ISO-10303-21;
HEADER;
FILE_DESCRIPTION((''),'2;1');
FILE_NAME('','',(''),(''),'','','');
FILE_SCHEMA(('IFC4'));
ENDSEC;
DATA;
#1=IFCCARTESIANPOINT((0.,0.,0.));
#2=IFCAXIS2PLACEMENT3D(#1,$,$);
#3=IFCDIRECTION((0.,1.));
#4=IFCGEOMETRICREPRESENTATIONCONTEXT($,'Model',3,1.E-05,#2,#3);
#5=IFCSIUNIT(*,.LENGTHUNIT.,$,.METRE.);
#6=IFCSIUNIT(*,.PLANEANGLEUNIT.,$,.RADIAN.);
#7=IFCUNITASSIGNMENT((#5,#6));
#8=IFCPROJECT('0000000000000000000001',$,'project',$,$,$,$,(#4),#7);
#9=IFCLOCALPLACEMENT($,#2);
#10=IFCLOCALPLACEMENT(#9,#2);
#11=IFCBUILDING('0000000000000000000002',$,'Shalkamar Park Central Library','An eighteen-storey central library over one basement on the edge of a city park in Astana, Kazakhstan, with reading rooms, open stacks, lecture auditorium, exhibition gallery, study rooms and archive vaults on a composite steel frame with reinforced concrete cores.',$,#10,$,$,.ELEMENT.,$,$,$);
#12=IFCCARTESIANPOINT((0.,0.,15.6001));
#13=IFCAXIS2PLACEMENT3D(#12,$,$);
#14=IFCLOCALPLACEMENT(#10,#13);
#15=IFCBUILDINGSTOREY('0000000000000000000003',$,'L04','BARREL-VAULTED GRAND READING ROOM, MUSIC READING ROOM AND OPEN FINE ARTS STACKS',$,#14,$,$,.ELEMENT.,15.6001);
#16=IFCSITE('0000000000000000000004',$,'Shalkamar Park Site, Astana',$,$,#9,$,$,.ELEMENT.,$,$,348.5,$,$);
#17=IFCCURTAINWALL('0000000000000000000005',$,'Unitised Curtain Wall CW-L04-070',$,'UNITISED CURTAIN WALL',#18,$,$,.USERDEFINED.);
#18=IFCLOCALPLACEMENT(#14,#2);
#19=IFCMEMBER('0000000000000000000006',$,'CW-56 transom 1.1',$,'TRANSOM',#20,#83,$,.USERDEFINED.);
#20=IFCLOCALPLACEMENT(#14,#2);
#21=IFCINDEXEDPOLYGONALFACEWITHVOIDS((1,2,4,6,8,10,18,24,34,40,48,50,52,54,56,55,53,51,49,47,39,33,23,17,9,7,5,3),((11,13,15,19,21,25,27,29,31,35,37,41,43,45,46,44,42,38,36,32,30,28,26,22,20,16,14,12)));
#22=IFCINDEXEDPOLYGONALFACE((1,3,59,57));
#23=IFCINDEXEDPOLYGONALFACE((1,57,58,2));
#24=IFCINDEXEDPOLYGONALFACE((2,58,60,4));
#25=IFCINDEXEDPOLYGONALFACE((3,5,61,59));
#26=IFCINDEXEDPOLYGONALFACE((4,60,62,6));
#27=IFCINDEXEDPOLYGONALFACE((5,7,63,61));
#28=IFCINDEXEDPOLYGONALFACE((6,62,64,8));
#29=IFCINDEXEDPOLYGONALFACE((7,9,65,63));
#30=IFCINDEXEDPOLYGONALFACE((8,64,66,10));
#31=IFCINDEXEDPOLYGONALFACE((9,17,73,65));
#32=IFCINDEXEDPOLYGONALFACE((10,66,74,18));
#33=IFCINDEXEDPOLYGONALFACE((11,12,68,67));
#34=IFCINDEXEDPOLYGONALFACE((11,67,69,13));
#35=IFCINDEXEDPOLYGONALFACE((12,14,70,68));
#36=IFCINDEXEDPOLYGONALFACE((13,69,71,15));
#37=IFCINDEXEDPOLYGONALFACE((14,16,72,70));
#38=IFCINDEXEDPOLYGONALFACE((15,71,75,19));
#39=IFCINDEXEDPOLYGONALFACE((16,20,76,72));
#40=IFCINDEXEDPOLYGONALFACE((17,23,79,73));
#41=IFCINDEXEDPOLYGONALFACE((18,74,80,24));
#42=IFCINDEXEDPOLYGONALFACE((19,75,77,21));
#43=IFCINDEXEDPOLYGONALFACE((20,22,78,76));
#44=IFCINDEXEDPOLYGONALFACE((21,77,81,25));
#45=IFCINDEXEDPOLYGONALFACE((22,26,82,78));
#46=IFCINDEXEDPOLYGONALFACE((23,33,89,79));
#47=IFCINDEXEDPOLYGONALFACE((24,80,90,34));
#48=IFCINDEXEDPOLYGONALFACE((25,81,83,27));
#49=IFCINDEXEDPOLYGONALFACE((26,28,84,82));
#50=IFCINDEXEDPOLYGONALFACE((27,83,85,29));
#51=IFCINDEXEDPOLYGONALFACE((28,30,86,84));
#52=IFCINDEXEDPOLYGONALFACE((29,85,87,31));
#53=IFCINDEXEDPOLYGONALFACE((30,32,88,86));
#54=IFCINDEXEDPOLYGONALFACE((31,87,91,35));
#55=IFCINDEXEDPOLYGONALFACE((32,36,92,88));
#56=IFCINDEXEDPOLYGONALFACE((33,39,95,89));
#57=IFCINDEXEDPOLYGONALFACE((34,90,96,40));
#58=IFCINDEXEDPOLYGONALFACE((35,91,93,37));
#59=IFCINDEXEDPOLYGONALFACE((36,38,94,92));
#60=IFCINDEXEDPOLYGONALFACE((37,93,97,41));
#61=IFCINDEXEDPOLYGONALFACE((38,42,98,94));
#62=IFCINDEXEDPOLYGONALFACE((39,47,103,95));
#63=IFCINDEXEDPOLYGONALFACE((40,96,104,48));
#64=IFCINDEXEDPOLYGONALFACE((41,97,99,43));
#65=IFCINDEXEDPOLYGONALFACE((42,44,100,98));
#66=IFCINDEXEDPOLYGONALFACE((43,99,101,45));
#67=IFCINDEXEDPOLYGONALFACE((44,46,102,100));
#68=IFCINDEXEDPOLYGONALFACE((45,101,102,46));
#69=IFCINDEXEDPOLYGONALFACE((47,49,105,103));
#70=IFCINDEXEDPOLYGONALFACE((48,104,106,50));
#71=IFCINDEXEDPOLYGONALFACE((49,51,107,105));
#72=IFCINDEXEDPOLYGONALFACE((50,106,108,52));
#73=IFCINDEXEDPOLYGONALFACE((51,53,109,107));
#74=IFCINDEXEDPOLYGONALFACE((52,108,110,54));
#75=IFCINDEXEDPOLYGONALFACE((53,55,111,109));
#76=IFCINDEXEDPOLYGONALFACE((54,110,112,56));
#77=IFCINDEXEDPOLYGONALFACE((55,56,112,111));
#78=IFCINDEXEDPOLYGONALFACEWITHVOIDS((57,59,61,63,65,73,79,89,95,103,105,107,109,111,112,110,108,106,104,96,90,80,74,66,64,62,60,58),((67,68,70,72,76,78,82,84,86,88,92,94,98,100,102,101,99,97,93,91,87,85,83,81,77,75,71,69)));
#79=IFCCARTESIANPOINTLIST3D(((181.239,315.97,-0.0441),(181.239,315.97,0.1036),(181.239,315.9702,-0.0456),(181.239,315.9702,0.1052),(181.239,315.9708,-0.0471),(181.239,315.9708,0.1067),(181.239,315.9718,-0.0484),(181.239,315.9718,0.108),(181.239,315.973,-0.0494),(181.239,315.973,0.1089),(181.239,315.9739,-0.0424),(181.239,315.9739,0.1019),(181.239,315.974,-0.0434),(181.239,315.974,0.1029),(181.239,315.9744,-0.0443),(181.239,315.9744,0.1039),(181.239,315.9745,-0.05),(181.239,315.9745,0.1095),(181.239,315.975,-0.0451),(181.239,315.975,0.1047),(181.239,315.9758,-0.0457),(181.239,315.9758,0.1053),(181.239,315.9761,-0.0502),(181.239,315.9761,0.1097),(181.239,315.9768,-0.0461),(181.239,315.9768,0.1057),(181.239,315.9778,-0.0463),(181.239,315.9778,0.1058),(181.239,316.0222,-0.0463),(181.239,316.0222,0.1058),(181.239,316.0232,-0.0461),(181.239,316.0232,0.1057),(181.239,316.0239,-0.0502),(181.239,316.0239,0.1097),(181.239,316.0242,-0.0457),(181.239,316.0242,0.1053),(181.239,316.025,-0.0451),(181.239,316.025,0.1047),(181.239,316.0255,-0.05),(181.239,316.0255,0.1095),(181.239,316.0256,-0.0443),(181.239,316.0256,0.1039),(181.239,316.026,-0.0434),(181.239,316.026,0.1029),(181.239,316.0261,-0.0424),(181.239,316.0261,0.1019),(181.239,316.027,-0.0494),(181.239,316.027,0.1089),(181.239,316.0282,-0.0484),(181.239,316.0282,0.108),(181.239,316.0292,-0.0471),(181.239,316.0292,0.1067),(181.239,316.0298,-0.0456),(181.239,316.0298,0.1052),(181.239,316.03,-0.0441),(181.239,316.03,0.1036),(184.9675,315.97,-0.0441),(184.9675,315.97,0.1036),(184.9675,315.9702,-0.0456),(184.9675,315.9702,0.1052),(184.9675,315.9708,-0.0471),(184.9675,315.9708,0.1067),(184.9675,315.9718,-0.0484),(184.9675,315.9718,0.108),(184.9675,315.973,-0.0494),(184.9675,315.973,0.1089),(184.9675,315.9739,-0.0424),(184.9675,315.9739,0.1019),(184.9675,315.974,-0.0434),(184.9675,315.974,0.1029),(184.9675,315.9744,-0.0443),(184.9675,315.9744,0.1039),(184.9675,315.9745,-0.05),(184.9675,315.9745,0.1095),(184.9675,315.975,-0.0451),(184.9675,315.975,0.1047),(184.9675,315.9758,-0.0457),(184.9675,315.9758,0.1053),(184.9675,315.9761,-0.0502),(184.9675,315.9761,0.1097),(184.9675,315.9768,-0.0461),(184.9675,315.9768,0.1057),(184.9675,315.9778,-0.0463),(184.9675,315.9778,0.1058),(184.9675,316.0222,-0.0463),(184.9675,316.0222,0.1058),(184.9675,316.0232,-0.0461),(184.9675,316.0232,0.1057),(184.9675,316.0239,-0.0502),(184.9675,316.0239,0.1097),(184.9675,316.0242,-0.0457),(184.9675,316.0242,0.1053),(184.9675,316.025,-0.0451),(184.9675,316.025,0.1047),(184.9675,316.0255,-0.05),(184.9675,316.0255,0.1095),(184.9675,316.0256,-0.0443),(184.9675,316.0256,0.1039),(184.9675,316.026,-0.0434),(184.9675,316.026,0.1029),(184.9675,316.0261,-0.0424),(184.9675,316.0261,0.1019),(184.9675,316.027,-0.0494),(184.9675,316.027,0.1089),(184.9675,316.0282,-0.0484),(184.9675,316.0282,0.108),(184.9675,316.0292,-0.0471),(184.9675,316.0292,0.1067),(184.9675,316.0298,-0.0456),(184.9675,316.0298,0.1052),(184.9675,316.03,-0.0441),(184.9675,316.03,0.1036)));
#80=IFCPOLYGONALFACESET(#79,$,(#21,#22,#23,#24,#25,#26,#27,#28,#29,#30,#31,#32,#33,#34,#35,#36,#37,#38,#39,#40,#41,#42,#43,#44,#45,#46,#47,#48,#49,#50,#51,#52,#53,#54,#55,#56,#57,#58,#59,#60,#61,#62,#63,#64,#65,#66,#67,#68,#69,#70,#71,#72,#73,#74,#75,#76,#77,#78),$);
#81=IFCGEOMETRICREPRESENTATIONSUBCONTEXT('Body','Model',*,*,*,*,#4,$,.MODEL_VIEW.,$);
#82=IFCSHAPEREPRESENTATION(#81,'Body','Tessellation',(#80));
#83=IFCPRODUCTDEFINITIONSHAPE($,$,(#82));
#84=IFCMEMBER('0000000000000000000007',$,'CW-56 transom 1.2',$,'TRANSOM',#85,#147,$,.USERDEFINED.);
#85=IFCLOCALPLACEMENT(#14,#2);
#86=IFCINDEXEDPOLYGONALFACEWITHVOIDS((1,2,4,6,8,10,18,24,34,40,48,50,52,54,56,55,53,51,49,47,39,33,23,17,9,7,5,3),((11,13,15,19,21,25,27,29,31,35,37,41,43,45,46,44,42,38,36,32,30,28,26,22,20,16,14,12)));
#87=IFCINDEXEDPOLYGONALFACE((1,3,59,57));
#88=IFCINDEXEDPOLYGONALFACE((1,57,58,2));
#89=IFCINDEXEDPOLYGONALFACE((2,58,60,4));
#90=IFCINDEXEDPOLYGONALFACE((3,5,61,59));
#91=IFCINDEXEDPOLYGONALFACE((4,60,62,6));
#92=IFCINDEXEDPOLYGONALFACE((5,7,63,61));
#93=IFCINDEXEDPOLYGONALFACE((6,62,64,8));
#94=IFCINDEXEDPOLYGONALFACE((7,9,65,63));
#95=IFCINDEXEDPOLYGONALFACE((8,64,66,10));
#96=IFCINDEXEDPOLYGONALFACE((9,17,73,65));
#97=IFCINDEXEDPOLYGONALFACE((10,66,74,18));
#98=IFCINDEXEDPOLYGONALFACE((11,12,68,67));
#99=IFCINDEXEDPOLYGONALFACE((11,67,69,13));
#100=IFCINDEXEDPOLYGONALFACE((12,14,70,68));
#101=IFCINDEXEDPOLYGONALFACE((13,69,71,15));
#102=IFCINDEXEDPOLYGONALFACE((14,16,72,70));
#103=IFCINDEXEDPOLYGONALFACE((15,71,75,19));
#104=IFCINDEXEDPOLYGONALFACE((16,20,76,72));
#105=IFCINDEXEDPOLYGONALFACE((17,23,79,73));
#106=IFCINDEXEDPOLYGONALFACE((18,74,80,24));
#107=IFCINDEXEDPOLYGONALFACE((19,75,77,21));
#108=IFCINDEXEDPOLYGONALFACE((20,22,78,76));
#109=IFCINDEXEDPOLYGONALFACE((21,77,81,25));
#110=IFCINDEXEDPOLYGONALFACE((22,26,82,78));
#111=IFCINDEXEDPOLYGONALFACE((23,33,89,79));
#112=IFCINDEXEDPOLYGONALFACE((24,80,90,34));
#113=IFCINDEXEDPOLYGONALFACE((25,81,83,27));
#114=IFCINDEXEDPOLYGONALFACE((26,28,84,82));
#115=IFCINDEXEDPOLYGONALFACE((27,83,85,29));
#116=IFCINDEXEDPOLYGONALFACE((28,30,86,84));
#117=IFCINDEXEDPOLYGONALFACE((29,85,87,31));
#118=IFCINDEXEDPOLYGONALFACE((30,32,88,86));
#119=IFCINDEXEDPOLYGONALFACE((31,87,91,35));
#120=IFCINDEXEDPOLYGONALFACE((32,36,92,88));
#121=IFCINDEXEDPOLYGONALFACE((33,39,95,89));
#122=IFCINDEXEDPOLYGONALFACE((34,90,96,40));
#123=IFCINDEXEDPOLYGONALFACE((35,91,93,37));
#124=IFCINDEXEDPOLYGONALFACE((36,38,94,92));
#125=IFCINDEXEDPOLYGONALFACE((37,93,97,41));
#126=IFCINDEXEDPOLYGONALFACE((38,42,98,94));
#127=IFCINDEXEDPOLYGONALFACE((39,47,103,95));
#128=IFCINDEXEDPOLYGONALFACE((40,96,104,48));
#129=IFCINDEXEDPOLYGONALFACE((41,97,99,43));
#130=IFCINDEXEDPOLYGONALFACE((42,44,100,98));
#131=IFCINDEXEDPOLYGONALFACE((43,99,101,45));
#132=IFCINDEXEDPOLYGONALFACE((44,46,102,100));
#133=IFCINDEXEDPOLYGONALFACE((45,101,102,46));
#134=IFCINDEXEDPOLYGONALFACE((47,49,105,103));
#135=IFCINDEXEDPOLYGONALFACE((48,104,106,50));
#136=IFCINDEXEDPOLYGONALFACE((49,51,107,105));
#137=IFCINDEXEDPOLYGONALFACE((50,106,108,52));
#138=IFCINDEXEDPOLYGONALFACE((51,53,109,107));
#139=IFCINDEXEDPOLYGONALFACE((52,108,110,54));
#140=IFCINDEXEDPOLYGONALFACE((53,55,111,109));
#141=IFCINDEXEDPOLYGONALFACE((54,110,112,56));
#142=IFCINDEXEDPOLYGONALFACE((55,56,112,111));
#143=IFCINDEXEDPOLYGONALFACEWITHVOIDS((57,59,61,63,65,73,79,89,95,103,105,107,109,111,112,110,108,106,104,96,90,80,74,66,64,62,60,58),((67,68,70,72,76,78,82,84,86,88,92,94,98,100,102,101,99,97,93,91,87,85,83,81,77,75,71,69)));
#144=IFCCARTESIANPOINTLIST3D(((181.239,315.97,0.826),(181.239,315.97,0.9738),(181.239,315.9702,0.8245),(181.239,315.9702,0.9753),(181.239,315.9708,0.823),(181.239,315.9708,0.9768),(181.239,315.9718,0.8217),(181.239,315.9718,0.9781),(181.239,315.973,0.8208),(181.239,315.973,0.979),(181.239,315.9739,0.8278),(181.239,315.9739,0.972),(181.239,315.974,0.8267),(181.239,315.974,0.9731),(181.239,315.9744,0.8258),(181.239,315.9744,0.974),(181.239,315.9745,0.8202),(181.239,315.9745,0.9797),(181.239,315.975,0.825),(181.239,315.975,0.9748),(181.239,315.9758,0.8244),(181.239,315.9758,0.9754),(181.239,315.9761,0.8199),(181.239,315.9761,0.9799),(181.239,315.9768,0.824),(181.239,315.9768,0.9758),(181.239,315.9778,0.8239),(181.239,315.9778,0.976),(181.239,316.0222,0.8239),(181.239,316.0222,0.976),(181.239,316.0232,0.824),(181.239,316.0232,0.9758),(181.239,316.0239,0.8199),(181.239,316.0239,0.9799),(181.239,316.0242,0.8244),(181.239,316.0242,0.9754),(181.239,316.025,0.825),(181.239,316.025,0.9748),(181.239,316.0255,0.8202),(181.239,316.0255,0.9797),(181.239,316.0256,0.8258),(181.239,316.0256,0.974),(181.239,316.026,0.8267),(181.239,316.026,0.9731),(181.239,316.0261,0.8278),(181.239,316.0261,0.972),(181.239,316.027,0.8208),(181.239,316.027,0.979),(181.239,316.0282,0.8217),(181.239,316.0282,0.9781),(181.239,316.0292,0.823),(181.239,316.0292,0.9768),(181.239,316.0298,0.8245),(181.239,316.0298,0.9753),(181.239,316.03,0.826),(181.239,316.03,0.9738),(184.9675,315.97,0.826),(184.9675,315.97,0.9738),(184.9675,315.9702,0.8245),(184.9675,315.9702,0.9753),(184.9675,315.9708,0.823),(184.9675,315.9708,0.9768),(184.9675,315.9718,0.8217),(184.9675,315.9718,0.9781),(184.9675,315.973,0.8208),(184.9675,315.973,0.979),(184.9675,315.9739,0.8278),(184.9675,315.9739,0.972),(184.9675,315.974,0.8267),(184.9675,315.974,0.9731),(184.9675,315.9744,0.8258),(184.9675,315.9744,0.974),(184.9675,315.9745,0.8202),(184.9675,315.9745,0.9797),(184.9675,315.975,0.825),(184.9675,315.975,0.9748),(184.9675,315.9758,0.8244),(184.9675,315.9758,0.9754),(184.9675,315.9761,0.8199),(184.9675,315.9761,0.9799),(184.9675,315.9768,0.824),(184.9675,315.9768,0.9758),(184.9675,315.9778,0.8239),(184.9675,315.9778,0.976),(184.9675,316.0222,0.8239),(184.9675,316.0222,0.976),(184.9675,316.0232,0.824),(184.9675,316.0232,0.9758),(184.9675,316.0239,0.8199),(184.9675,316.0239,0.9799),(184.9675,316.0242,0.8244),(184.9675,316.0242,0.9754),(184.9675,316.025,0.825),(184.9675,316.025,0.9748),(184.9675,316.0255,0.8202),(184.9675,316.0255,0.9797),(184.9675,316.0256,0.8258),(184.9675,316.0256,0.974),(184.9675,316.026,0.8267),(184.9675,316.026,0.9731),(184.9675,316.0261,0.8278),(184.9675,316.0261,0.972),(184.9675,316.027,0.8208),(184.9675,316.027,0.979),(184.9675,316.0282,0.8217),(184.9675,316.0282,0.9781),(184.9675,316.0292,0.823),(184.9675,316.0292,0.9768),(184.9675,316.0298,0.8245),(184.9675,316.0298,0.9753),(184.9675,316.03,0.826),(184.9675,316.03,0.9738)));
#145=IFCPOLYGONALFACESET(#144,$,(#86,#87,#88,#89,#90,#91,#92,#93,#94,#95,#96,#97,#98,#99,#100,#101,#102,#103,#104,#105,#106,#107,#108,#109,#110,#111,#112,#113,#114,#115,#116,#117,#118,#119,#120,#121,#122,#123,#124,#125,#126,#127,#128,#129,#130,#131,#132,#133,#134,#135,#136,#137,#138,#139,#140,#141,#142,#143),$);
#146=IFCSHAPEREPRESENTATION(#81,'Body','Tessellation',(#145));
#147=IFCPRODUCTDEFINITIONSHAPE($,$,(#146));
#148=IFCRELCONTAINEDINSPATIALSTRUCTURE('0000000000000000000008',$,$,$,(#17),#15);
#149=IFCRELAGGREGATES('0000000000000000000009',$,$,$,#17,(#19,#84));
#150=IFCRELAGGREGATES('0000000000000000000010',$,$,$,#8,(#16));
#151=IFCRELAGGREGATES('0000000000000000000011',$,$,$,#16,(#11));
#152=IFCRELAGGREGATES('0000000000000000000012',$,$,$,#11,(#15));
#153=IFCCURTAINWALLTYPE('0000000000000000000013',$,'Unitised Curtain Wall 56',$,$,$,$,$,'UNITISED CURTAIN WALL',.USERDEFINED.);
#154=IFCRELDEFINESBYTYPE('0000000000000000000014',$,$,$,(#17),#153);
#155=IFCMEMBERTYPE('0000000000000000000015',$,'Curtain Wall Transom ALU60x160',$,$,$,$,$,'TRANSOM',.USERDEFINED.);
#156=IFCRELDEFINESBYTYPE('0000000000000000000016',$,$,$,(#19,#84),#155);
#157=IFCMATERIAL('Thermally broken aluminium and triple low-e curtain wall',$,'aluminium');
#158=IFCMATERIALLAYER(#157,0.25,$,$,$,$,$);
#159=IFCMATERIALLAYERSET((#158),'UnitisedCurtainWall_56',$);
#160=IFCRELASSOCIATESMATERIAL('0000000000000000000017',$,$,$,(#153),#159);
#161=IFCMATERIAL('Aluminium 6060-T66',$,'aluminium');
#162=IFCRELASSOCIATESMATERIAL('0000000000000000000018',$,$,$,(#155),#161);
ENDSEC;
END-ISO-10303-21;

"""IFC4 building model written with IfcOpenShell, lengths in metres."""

from ifc_helpers import new_model, si_unit, direction, frame, origin, origin_2d, place, context, subcontext, project, spatial, hollow_rectangle, extrude, material, layer, layer_set, material_profile, profile_set, type_object, element, aggregate, save


model = new_model("IFC4")

# Units and contexts
model_context = context("Model", 3, precision=1e-05, world=origin(), true_north=direction((0.0, 1.0)))
body_context = subcontext(model_context, "Body", "Model", "MODEL_VIEW")
ifc_project = project(units=[si_unit("LENGTHUNIT", "METRE"), si_unit("PLANEANGLEUNIT", "RADIAN")], contexts=[model_context])

# Site, building, storey
site_placement = place(None, origin())
site = spatial("IfcSite", under=ifc_project, at=site_placement, Name="Shalkamar Park Site, Astana", CompositionType="ELEMENT", RefElevation=348.5)
building_placement = place(site_placement, origin())
building = spatial("IfcBuilding", under=site, at=building_placement, Name="Shalkamar Park Central Library", Description="An eighteen-storey central library over one basement on the edge of a city park in Astana, Kazakhstan, with reading rooms, open stacks, lecture auditorium, exhibition gallery, study rooms and archive vaults on a composite steel frame with reinforced concrete cores.", CompositionType="ELEMENT")
storey_placement = place(building_placement, frame((0.0, 0.0, 15.6001)))
storey = spatial("IfcBuildingStorey", under=building, at=storey_placement, Name="L04", Description="BARREL-VAULTED GRAND READING ROOM, MUSIC READING ROOM AND OPEN FINE ARTS STACKS", CompositionType="ELEMENT", Elevation=15.6001)

# Curtain wall
ifc_material_1 = material(Name="Thermally broken aluminium and triple low-e curtain wall", Category="aluminium")
ifc_layer_1 = layer(ifc_material_1, 0.25)
ifc_layer_set_1 = layer_set([ifc_layer_1], Name="UnitisedCurtainWall_56")
curtain_wall_type_1 = type_object("IfcCurtainWallType", Name="Unitised Curtain Wall 56", ElementType="UNITISED CURTAIN WALL", PredefinedType="USERDEFINED", material=ifc_layer_set_1)
curtain_wall_1_placement = place(storey_placement, origin())
curtain_wall_1 = element("IfcCurtainWall", 1, at=curtain_wall_1_placement, inside=storey, type_object=curtain_wall_type_1, Name="Unitised Curtain Wall CW-L04-070", ObjectType="UNITISED CURTAIN WALL", PredefinedType="USERDEFINED")
ifc_material_2 = material(Name="Aluminium 6060-T66", Category="aluminium")

# Members
ifc_material_profile_1 = material_profile(ifc_material_2, hollow_rectangle(XDim=0.0601, YDim=0.1599, WallThickness=0.0039, InnerFilletRadius=0.0039, OuterFilletRadius=0.0061, at=origin_2d()), Name="ALU 60x160x4")
ifc_profile_set_1 = profile_set([ifc_material_profile_1], Name="Aluminium 6060-T66")
member_type_1 = type_object("IfcMemberType", Name="Curtain Wall Transom ALU60x160", ElementType="TRANSOM", PredefinedType="USERDEFINED", material=ifc_profile_set_1)
member_1_placement = place(storey_placement, frame((181.239, 316.0, 0.0298), z_axis=(1.0, 0.0, 0.0), x_axis=(0.0, 1.0, 0.0)))
member_1 = element("IfcMember", 2, at=member_1_placement, type_object=member_type_1, Name="CW-56 transom 1.1", ObjectType="TRANSOM", PredefinedType="USERDEFINED", context=body_context, shape_type="SweptSolid", body=[
    extrude(hollow_rectangle(XDim=0.0601, YDim=0.1599, WallThickness=0.0039, InnerFilletRadius=0.0039, OuterFilletRadius=0.0061, at=origin_2d()), origin(), (0.0, 0.0, 1.0), 3.7285),
])
member_2_placement = place(storey_placement, frame((181.239, 316.0, 0.8999), z_axis=(1.0, 0.0, 0.0), x_axis=(0.0, 1.0, 0.0)))
member_2 = element("IfcMember", 3, at=member_2_placement, type_object=member_type_1, Name="CW-56 transom 1.2", ObjectType="TRANSOM", PredefinedType="USERDEFINED", context=body_context, shape_type="SweptSolid", body=[
    extrude(hollow_rectangle(XDim=0.0601, YDim=0.1599, WallThickness=0.0039, InnerFilletRadius=0.0039, OuterFilletRadius=0.0061, at=origin_2d()), origin(), (0.0, 0.0, 1.0), 3.7285),
])

aggregate(curtain_wall_1, [member_1, member_2])

save(model, "model.ifc")
